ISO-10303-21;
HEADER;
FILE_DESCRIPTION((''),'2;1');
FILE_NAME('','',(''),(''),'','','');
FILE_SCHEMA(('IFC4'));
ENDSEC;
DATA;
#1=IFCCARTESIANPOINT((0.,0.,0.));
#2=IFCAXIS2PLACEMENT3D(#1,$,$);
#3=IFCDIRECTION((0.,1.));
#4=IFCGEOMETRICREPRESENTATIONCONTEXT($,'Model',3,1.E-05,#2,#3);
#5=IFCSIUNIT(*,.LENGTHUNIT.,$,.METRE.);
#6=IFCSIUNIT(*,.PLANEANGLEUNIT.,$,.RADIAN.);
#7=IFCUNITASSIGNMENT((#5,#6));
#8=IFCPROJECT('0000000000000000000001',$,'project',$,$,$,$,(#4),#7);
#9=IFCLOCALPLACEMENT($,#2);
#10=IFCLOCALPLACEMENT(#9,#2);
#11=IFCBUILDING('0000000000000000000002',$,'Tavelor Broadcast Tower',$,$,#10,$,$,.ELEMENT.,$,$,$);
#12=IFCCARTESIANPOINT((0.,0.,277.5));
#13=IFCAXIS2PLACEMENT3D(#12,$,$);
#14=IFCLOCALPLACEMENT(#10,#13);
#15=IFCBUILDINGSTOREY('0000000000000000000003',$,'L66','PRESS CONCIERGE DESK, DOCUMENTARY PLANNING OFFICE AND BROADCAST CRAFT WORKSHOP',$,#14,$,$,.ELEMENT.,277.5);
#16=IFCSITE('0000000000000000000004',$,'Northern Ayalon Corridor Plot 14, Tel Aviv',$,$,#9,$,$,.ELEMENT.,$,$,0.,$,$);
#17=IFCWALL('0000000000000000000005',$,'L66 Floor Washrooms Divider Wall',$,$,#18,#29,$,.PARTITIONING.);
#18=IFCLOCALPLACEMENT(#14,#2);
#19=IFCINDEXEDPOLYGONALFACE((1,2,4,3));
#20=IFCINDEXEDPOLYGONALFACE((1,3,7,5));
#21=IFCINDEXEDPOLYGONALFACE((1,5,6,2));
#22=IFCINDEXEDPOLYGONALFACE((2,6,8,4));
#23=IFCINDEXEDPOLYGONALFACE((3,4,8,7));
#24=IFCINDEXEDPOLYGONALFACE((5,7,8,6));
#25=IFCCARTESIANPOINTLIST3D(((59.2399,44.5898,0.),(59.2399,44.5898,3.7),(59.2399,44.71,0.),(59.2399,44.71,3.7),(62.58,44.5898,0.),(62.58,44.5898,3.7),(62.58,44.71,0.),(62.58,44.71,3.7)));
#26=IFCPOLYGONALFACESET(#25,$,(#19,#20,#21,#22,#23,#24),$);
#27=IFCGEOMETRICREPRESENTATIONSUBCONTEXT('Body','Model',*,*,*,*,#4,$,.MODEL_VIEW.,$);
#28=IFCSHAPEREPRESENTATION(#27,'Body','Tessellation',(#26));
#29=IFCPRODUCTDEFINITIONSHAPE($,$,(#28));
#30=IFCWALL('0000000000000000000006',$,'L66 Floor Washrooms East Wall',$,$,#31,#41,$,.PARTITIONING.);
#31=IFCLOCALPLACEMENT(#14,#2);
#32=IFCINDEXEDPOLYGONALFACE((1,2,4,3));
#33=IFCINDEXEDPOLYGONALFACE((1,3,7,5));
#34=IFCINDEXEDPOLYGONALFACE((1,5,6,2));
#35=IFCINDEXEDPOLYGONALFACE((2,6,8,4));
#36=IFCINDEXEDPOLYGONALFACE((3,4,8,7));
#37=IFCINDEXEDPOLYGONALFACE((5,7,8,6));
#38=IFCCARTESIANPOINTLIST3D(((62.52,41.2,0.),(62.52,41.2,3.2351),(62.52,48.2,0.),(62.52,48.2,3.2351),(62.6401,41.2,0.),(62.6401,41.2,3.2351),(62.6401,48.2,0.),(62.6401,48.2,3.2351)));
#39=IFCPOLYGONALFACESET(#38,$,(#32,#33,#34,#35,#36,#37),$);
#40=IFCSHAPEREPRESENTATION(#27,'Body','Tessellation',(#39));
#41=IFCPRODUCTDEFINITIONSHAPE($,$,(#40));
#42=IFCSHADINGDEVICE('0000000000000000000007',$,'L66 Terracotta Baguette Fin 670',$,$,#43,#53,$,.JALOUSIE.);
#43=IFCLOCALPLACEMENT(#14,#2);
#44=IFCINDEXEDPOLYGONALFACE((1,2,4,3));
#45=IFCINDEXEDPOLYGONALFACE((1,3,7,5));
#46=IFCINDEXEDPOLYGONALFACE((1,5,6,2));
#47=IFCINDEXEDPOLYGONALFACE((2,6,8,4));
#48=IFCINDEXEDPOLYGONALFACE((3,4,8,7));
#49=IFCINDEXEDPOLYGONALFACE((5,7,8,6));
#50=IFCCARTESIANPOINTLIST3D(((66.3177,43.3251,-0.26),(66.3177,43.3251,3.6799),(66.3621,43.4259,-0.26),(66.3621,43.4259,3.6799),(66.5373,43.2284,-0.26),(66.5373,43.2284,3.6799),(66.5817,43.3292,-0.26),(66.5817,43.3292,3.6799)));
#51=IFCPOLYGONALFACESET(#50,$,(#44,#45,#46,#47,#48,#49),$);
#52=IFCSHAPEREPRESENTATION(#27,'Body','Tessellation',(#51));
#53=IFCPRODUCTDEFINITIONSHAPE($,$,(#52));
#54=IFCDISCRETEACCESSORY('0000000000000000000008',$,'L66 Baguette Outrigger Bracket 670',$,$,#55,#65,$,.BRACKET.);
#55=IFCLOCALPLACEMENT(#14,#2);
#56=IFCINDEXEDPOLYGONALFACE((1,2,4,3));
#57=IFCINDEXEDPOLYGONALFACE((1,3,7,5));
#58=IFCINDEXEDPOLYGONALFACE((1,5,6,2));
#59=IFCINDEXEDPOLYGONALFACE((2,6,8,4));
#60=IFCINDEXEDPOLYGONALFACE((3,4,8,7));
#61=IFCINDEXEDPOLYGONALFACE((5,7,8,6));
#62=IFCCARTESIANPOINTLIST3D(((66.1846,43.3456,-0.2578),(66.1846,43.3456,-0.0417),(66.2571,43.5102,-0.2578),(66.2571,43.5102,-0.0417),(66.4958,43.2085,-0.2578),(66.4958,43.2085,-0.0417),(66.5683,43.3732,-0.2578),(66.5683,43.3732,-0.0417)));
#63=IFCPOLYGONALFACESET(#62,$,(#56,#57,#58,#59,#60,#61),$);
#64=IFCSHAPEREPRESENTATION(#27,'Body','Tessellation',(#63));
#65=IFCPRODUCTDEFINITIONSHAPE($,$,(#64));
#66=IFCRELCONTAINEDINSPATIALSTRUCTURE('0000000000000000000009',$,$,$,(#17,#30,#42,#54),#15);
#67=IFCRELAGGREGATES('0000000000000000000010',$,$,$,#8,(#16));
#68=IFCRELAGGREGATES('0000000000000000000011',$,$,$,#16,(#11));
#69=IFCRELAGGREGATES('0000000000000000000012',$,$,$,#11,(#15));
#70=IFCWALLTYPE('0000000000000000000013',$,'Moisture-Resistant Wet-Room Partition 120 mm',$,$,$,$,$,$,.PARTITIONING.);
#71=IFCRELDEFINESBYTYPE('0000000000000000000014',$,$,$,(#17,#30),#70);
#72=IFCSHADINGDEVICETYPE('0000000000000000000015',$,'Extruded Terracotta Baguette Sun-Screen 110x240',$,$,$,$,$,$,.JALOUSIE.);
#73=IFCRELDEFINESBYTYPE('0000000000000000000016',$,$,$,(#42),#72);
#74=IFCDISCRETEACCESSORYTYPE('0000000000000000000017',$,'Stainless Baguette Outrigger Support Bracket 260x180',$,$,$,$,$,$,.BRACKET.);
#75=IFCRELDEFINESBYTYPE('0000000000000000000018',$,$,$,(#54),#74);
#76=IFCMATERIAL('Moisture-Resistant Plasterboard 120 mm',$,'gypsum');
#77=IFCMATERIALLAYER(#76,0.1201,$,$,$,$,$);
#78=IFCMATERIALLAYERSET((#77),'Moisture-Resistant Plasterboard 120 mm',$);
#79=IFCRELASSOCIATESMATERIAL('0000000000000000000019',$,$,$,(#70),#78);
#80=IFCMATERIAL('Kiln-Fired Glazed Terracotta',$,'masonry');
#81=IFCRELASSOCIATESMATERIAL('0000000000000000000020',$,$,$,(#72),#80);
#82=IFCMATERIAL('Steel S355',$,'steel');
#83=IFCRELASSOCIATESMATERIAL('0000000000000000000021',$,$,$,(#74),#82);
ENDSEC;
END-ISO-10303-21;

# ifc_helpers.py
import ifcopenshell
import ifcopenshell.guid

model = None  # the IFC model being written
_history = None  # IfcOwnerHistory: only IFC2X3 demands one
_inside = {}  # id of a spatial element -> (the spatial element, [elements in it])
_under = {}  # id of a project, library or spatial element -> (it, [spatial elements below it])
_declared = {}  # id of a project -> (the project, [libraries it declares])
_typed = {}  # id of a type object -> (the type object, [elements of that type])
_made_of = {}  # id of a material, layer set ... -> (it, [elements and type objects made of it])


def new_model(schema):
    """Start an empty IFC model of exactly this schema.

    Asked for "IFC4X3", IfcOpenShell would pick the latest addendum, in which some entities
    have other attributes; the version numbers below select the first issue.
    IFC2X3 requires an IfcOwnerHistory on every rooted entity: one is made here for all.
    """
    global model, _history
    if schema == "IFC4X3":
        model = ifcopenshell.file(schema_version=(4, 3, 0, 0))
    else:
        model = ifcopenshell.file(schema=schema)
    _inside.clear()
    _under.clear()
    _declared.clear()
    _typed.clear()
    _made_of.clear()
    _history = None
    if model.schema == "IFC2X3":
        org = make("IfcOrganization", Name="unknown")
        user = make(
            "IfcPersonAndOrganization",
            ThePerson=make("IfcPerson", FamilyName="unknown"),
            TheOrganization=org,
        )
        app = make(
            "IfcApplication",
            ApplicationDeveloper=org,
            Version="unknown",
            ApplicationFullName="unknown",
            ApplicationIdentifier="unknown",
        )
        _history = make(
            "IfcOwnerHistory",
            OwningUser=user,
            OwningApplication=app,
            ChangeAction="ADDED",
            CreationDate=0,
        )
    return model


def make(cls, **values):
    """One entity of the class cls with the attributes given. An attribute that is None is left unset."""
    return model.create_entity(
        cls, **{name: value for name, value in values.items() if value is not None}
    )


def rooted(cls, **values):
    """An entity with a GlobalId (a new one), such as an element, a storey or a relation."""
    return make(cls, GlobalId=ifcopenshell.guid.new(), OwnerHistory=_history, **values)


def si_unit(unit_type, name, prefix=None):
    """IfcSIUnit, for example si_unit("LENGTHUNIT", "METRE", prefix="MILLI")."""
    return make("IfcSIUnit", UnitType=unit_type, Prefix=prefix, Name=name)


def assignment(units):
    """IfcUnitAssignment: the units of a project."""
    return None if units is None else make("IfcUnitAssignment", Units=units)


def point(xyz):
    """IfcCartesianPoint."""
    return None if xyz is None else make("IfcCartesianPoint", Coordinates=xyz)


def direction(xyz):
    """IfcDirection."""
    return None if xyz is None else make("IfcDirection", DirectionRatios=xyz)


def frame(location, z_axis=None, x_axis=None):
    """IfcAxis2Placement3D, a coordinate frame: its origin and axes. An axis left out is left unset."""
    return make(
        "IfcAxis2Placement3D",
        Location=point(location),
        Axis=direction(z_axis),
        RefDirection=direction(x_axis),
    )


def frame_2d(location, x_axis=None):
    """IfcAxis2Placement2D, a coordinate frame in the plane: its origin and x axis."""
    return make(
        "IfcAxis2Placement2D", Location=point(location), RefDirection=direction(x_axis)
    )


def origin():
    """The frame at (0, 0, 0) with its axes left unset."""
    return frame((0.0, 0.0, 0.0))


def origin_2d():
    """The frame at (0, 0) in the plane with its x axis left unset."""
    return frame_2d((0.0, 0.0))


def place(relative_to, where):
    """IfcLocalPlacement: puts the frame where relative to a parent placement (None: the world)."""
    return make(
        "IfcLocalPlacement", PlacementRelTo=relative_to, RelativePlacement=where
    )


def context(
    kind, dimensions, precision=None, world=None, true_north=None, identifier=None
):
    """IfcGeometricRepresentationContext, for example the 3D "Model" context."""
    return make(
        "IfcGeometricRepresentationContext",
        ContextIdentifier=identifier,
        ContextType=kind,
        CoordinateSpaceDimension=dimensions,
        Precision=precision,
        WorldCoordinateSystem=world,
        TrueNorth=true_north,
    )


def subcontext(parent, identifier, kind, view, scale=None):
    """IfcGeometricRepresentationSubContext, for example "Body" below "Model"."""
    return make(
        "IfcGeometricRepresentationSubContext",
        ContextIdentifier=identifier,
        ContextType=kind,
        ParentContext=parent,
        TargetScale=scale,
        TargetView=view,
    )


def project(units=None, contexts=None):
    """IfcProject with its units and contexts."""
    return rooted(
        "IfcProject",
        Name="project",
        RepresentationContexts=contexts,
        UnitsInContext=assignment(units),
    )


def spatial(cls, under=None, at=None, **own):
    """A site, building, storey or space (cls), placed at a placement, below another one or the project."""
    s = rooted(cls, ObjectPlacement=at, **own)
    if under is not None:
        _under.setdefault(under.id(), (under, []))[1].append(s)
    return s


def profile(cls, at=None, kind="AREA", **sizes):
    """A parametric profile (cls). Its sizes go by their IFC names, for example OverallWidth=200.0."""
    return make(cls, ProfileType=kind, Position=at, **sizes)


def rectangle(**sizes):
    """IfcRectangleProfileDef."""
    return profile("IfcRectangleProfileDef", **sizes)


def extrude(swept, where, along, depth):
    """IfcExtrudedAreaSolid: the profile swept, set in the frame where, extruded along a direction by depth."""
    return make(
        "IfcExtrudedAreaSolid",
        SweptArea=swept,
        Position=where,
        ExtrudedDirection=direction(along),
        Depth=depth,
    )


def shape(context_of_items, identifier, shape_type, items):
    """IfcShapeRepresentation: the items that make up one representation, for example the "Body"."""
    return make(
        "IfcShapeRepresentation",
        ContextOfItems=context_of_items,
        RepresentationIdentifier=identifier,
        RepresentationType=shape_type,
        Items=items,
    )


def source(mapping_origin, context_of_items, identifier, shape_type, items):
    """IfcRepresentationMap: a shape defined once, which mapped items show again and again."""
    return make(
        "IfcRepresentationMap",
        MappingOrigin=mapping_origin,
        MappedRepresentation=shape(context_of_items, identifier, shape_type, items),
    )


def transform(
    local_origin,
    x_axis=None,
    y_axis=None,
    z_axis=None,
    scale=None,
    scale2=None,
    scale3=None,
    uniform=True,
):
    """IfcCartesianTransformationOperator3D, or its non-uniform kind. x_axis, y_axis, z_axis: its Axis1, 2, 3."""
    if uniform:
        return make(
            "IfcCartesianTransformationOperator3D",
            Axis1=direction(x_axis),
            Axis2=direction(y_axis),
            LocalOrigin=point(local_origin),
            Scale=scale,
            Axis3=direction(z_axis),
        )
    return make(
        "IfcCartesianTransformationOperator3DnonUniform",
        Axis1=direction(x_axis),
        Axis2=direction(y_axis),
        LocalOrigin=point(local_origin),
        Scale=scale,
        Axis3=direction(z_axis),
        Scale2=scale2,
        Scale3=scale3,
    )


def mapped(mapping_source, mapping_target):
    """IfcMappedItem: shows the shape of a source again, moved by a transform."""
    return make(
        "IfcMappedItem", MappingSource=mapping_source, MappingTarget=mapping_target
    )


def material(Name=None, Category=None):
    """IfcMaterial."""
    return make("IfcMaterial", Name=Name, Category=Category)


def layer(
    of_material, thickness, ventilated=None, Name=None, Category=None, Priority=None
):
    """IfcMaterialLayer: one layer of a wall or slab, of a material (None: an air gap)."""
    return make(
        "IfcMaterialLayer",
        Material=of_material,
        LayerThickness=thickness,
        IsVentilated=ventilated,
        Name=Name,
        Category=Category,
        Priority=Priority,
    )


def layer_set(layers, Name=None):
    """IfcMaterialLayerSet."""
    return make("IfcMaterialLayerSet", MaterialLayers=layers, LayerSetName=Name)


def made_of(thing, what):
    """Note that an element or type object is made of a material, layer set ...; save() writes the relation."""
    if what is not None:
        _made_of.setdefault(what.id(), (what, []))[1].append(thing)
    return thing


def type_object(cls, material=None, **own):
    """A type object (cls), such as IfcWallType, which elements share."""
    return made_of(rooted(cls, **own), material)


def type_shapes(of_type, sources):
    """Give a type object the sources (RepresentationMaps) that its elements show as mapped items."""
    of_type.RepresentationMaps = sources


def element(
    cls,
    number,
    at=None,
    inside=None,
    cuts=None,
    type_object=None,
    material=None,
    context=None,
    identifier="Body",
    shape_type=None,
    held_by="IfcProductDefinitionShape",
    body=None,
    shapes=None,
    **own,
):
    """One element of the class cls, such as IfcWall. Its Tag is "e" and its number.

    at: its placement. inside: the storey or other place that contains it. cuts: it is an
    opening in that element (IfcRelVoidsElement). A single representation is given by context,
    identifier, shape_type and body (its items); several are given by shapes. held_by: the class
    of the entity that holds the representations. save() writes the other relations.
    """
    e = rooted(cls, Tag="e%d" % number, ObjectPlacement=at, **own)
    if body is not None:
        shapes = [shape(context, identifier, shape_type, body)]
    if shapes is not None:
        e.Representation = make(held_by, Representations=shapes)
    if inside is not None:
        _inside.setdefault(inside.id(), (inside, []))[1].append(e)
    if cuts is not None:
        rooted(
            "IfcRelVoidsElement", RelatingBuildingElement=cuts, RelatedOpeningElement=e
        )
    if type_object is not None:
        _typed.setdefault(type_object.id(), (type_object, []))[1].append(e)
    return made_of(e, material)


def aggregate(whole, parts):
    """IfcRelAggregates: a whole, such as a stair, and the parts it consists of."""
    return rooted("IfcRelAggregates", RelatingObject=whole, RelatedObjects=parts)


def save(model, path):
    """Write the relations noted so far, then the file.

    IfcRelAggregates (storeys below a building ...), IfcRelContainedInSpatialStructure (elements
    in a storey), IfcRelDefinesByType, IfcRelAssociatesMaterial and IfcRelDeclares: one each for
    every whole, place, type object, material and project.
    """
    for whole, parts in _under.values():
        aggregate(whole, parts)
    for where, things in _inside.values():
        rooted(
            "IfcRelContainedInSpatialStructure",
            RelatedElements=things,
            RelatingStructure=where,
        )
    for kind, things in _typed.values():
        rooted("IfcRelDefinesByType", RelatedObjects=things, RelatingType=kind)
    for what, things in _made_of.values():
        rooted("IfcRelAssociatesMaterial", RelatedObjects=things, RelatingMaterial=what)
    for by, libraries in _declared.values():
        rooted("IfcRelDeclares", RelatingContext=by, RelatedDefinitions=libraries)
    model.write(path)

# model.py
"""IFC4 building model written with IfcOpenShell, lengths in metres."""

from ifc_helpers import new_model, si_unit, direction, frame, frame_2d, origin, origin_2d, place, context, subcontext, project, spatial, rectangle, extrude, source, transform, mapped, material, layer, layer_set, type_object, type_shapes, element, save


model = new_model("IFC4")

# Units and contexts
model_context = context("Model", 3, precision=1e-05, world=origin(), true_north=direction((0.0, 1.0)))
body_context = subcontext(model_context, "Body", "Model", "MODEL_VIEW")
ifc_project = project(units=[si_unit("LENGTHUNIT", "METRE"), si_unit("PLANEANGLEUNIT", "RADIAN")], contexts=[model_context])

# Site, building, storey
site_placement = place(None, origin())
site = spatial("IfcSite", under=ifc_project, at=site_placement, Name="Northern Ayalon Corridor Plot 14, Tel Aviv", CompositionType="ELEMENT", RefElevation=0.0)
building_placement = place(site_placement, origin())
building = spatial("IfcBuilding", under=site, at=building_placement, Name="Tavelor Broadcast Tower", CompositionType="ELEMENT")
storey_placement = place(building_placement, frame((0.0, 0.0, 277.5)))
storey = spatial("IfcBuildingStorey", under=building, at=storey_placement, Name="L66", Description="PRESS CONCIERGE DESK, DOCUMENTARY PLANNING OFFICE AND BROADCAST CRAFT WORKSHOP", CompositionType="ELEMENT", Elevation=277.5)

# Shared definitions
ifc_material_1 = material(Name="Steel S355", Category="steel")

# Shared definitions
ifc_material_2 = material(Name="Moisture-Resistant Plasterboard 120 mm", Category="gypsum")
ifc_layer_1 = layer(ifc_material_2, 0.1201)
ifc_layer_set_1 = layer_set([ifc_layer_1], Name="Moisture-Resistant Plasterboard 120 mm")
wall_type_1 = type_object("IfcWallType", Name="Moisture-Resistant Wet-Room Partition 120 mm", PredefinedType="PARTITIONING", material=ifc_layer_set_1)

# Walls
wall_1_placement = place(storey_placement, frame((59.24, 44.6499, 0.0), z_axis=(0.0, 0.0, 1.0), x_axis=(1.0, 0.0, 0.0)))
element("IfcWall", 1, at=wall_1_placement, inside=storey, type_object=wall_type_1, Name="L66 Floor Washrooms Divider Wall", PredefinedType="PARTITIONING", context=body_context, shape_type="SweptSolid", body=[
    extrude(rectangle(XDim=3.3401, YDim=0.1201, at=frame_2d((1.6699, 0.0))), origin(), (0.0, 0.0, 1.0), 3.7),
])
wall_2_placement = place(storey_placement, frame((62.5801, 41.2, 0.0), z_axis=(0.0, 0.0, 1.0), x_axis=(0.0, 1.0, 0.0)))
element("IfcWall", 2, at=wall_2_placement, inside=storey, type_object=wall_type_1, Name="L66 Floor Washrooms East Wall", PredefinedType="PARTITIONING", context=body_context, shape_type="SweptSolid", body=[
    extrude(rectangle(XDim=7.0, YDim=0.1201, at=frame_2d((3.5, 0.0))), origin(), (0.0, 0.0, 1.0), 3.2351),
])

# Shading device
ifc_material_3 = material(Name="Kiln-Fired Glazed Terracotta", Category="masonry")
shading_device_type = type_object("IfcShadingDeviceType", Name="Extruded Terracotta Baguette Sun-Screen 110x240", PredefinedType="JALOUSIE", material=ifc_material_3)
shared_shape_1 = source(origin(), body_context, "Body", "SweptSolid", [
    extrude(rectangle(XDim=0.1101, YDim=0.24, at=origin_2d()), origin(), (0.0, 0.0, 1.0), 3.9399),
])
type_shapes(shading_device_type, [shared_shape_1])
shading_device_placement = place(storey_placement, frame((66.4497, 43.3271, -0.26), z_axis=(0.0, 0.0, 1.0), x_axis=(0.403066, 0.915171, 0.0)))
element("IfcShadingDevice", 3, at=shading_device_placement, inside=storey, type_object=shading_device_type, Name="L66 Terracotta Baguette Fin 670", PredefinedType="JALOUSIE", context=body_context, shape_type="MappedRepresentation", body=[
    mapped(shared_shape_1, transform((0.0, 0.0, 0.0), scale=1.0)),
])

# Discrete accessory
discrete_accessory_type = type_object("IfcDiscreteAccessoryType", Name="Stainless Baguette Outrigger Support Bracket 260x180", PredefinedType="BRACKET", material=ifc_material_1)
shared_shape_2 = source(origin(), body_context, "Body", "SweptSolid", [
    extrude(rectangle(XDim=0.1799, YDim=0.3401, at=origin_2d()), origin(), (0.0, 0.0, 1.0), 0.2161),
])
type_shapes(discrete_accessory_type, [shared_shape_2])
discrete_accessory_placement = place(storey_placement, frame((66.3765, 43.3594, -0.2578), z_axis=(0.0, 0.0, 1.0), x_axis=(0.403066, 0.915171, 0.0)))
element("IfcDiscreteAccessory", 4, at=discrete_accessory_placement, inside=storey, type_object=discrete_accessory_type, Name="L66 Baguette Outrigger Bracket 670", PredefinedType="BRACKET", context=body_context, shape_type="MappedRepresentation", body=[
    mapped(shared_shape_2, transform((0.0, 0.0, 0.0), scale=1.0)),
])

save(model, "model.ifc")
